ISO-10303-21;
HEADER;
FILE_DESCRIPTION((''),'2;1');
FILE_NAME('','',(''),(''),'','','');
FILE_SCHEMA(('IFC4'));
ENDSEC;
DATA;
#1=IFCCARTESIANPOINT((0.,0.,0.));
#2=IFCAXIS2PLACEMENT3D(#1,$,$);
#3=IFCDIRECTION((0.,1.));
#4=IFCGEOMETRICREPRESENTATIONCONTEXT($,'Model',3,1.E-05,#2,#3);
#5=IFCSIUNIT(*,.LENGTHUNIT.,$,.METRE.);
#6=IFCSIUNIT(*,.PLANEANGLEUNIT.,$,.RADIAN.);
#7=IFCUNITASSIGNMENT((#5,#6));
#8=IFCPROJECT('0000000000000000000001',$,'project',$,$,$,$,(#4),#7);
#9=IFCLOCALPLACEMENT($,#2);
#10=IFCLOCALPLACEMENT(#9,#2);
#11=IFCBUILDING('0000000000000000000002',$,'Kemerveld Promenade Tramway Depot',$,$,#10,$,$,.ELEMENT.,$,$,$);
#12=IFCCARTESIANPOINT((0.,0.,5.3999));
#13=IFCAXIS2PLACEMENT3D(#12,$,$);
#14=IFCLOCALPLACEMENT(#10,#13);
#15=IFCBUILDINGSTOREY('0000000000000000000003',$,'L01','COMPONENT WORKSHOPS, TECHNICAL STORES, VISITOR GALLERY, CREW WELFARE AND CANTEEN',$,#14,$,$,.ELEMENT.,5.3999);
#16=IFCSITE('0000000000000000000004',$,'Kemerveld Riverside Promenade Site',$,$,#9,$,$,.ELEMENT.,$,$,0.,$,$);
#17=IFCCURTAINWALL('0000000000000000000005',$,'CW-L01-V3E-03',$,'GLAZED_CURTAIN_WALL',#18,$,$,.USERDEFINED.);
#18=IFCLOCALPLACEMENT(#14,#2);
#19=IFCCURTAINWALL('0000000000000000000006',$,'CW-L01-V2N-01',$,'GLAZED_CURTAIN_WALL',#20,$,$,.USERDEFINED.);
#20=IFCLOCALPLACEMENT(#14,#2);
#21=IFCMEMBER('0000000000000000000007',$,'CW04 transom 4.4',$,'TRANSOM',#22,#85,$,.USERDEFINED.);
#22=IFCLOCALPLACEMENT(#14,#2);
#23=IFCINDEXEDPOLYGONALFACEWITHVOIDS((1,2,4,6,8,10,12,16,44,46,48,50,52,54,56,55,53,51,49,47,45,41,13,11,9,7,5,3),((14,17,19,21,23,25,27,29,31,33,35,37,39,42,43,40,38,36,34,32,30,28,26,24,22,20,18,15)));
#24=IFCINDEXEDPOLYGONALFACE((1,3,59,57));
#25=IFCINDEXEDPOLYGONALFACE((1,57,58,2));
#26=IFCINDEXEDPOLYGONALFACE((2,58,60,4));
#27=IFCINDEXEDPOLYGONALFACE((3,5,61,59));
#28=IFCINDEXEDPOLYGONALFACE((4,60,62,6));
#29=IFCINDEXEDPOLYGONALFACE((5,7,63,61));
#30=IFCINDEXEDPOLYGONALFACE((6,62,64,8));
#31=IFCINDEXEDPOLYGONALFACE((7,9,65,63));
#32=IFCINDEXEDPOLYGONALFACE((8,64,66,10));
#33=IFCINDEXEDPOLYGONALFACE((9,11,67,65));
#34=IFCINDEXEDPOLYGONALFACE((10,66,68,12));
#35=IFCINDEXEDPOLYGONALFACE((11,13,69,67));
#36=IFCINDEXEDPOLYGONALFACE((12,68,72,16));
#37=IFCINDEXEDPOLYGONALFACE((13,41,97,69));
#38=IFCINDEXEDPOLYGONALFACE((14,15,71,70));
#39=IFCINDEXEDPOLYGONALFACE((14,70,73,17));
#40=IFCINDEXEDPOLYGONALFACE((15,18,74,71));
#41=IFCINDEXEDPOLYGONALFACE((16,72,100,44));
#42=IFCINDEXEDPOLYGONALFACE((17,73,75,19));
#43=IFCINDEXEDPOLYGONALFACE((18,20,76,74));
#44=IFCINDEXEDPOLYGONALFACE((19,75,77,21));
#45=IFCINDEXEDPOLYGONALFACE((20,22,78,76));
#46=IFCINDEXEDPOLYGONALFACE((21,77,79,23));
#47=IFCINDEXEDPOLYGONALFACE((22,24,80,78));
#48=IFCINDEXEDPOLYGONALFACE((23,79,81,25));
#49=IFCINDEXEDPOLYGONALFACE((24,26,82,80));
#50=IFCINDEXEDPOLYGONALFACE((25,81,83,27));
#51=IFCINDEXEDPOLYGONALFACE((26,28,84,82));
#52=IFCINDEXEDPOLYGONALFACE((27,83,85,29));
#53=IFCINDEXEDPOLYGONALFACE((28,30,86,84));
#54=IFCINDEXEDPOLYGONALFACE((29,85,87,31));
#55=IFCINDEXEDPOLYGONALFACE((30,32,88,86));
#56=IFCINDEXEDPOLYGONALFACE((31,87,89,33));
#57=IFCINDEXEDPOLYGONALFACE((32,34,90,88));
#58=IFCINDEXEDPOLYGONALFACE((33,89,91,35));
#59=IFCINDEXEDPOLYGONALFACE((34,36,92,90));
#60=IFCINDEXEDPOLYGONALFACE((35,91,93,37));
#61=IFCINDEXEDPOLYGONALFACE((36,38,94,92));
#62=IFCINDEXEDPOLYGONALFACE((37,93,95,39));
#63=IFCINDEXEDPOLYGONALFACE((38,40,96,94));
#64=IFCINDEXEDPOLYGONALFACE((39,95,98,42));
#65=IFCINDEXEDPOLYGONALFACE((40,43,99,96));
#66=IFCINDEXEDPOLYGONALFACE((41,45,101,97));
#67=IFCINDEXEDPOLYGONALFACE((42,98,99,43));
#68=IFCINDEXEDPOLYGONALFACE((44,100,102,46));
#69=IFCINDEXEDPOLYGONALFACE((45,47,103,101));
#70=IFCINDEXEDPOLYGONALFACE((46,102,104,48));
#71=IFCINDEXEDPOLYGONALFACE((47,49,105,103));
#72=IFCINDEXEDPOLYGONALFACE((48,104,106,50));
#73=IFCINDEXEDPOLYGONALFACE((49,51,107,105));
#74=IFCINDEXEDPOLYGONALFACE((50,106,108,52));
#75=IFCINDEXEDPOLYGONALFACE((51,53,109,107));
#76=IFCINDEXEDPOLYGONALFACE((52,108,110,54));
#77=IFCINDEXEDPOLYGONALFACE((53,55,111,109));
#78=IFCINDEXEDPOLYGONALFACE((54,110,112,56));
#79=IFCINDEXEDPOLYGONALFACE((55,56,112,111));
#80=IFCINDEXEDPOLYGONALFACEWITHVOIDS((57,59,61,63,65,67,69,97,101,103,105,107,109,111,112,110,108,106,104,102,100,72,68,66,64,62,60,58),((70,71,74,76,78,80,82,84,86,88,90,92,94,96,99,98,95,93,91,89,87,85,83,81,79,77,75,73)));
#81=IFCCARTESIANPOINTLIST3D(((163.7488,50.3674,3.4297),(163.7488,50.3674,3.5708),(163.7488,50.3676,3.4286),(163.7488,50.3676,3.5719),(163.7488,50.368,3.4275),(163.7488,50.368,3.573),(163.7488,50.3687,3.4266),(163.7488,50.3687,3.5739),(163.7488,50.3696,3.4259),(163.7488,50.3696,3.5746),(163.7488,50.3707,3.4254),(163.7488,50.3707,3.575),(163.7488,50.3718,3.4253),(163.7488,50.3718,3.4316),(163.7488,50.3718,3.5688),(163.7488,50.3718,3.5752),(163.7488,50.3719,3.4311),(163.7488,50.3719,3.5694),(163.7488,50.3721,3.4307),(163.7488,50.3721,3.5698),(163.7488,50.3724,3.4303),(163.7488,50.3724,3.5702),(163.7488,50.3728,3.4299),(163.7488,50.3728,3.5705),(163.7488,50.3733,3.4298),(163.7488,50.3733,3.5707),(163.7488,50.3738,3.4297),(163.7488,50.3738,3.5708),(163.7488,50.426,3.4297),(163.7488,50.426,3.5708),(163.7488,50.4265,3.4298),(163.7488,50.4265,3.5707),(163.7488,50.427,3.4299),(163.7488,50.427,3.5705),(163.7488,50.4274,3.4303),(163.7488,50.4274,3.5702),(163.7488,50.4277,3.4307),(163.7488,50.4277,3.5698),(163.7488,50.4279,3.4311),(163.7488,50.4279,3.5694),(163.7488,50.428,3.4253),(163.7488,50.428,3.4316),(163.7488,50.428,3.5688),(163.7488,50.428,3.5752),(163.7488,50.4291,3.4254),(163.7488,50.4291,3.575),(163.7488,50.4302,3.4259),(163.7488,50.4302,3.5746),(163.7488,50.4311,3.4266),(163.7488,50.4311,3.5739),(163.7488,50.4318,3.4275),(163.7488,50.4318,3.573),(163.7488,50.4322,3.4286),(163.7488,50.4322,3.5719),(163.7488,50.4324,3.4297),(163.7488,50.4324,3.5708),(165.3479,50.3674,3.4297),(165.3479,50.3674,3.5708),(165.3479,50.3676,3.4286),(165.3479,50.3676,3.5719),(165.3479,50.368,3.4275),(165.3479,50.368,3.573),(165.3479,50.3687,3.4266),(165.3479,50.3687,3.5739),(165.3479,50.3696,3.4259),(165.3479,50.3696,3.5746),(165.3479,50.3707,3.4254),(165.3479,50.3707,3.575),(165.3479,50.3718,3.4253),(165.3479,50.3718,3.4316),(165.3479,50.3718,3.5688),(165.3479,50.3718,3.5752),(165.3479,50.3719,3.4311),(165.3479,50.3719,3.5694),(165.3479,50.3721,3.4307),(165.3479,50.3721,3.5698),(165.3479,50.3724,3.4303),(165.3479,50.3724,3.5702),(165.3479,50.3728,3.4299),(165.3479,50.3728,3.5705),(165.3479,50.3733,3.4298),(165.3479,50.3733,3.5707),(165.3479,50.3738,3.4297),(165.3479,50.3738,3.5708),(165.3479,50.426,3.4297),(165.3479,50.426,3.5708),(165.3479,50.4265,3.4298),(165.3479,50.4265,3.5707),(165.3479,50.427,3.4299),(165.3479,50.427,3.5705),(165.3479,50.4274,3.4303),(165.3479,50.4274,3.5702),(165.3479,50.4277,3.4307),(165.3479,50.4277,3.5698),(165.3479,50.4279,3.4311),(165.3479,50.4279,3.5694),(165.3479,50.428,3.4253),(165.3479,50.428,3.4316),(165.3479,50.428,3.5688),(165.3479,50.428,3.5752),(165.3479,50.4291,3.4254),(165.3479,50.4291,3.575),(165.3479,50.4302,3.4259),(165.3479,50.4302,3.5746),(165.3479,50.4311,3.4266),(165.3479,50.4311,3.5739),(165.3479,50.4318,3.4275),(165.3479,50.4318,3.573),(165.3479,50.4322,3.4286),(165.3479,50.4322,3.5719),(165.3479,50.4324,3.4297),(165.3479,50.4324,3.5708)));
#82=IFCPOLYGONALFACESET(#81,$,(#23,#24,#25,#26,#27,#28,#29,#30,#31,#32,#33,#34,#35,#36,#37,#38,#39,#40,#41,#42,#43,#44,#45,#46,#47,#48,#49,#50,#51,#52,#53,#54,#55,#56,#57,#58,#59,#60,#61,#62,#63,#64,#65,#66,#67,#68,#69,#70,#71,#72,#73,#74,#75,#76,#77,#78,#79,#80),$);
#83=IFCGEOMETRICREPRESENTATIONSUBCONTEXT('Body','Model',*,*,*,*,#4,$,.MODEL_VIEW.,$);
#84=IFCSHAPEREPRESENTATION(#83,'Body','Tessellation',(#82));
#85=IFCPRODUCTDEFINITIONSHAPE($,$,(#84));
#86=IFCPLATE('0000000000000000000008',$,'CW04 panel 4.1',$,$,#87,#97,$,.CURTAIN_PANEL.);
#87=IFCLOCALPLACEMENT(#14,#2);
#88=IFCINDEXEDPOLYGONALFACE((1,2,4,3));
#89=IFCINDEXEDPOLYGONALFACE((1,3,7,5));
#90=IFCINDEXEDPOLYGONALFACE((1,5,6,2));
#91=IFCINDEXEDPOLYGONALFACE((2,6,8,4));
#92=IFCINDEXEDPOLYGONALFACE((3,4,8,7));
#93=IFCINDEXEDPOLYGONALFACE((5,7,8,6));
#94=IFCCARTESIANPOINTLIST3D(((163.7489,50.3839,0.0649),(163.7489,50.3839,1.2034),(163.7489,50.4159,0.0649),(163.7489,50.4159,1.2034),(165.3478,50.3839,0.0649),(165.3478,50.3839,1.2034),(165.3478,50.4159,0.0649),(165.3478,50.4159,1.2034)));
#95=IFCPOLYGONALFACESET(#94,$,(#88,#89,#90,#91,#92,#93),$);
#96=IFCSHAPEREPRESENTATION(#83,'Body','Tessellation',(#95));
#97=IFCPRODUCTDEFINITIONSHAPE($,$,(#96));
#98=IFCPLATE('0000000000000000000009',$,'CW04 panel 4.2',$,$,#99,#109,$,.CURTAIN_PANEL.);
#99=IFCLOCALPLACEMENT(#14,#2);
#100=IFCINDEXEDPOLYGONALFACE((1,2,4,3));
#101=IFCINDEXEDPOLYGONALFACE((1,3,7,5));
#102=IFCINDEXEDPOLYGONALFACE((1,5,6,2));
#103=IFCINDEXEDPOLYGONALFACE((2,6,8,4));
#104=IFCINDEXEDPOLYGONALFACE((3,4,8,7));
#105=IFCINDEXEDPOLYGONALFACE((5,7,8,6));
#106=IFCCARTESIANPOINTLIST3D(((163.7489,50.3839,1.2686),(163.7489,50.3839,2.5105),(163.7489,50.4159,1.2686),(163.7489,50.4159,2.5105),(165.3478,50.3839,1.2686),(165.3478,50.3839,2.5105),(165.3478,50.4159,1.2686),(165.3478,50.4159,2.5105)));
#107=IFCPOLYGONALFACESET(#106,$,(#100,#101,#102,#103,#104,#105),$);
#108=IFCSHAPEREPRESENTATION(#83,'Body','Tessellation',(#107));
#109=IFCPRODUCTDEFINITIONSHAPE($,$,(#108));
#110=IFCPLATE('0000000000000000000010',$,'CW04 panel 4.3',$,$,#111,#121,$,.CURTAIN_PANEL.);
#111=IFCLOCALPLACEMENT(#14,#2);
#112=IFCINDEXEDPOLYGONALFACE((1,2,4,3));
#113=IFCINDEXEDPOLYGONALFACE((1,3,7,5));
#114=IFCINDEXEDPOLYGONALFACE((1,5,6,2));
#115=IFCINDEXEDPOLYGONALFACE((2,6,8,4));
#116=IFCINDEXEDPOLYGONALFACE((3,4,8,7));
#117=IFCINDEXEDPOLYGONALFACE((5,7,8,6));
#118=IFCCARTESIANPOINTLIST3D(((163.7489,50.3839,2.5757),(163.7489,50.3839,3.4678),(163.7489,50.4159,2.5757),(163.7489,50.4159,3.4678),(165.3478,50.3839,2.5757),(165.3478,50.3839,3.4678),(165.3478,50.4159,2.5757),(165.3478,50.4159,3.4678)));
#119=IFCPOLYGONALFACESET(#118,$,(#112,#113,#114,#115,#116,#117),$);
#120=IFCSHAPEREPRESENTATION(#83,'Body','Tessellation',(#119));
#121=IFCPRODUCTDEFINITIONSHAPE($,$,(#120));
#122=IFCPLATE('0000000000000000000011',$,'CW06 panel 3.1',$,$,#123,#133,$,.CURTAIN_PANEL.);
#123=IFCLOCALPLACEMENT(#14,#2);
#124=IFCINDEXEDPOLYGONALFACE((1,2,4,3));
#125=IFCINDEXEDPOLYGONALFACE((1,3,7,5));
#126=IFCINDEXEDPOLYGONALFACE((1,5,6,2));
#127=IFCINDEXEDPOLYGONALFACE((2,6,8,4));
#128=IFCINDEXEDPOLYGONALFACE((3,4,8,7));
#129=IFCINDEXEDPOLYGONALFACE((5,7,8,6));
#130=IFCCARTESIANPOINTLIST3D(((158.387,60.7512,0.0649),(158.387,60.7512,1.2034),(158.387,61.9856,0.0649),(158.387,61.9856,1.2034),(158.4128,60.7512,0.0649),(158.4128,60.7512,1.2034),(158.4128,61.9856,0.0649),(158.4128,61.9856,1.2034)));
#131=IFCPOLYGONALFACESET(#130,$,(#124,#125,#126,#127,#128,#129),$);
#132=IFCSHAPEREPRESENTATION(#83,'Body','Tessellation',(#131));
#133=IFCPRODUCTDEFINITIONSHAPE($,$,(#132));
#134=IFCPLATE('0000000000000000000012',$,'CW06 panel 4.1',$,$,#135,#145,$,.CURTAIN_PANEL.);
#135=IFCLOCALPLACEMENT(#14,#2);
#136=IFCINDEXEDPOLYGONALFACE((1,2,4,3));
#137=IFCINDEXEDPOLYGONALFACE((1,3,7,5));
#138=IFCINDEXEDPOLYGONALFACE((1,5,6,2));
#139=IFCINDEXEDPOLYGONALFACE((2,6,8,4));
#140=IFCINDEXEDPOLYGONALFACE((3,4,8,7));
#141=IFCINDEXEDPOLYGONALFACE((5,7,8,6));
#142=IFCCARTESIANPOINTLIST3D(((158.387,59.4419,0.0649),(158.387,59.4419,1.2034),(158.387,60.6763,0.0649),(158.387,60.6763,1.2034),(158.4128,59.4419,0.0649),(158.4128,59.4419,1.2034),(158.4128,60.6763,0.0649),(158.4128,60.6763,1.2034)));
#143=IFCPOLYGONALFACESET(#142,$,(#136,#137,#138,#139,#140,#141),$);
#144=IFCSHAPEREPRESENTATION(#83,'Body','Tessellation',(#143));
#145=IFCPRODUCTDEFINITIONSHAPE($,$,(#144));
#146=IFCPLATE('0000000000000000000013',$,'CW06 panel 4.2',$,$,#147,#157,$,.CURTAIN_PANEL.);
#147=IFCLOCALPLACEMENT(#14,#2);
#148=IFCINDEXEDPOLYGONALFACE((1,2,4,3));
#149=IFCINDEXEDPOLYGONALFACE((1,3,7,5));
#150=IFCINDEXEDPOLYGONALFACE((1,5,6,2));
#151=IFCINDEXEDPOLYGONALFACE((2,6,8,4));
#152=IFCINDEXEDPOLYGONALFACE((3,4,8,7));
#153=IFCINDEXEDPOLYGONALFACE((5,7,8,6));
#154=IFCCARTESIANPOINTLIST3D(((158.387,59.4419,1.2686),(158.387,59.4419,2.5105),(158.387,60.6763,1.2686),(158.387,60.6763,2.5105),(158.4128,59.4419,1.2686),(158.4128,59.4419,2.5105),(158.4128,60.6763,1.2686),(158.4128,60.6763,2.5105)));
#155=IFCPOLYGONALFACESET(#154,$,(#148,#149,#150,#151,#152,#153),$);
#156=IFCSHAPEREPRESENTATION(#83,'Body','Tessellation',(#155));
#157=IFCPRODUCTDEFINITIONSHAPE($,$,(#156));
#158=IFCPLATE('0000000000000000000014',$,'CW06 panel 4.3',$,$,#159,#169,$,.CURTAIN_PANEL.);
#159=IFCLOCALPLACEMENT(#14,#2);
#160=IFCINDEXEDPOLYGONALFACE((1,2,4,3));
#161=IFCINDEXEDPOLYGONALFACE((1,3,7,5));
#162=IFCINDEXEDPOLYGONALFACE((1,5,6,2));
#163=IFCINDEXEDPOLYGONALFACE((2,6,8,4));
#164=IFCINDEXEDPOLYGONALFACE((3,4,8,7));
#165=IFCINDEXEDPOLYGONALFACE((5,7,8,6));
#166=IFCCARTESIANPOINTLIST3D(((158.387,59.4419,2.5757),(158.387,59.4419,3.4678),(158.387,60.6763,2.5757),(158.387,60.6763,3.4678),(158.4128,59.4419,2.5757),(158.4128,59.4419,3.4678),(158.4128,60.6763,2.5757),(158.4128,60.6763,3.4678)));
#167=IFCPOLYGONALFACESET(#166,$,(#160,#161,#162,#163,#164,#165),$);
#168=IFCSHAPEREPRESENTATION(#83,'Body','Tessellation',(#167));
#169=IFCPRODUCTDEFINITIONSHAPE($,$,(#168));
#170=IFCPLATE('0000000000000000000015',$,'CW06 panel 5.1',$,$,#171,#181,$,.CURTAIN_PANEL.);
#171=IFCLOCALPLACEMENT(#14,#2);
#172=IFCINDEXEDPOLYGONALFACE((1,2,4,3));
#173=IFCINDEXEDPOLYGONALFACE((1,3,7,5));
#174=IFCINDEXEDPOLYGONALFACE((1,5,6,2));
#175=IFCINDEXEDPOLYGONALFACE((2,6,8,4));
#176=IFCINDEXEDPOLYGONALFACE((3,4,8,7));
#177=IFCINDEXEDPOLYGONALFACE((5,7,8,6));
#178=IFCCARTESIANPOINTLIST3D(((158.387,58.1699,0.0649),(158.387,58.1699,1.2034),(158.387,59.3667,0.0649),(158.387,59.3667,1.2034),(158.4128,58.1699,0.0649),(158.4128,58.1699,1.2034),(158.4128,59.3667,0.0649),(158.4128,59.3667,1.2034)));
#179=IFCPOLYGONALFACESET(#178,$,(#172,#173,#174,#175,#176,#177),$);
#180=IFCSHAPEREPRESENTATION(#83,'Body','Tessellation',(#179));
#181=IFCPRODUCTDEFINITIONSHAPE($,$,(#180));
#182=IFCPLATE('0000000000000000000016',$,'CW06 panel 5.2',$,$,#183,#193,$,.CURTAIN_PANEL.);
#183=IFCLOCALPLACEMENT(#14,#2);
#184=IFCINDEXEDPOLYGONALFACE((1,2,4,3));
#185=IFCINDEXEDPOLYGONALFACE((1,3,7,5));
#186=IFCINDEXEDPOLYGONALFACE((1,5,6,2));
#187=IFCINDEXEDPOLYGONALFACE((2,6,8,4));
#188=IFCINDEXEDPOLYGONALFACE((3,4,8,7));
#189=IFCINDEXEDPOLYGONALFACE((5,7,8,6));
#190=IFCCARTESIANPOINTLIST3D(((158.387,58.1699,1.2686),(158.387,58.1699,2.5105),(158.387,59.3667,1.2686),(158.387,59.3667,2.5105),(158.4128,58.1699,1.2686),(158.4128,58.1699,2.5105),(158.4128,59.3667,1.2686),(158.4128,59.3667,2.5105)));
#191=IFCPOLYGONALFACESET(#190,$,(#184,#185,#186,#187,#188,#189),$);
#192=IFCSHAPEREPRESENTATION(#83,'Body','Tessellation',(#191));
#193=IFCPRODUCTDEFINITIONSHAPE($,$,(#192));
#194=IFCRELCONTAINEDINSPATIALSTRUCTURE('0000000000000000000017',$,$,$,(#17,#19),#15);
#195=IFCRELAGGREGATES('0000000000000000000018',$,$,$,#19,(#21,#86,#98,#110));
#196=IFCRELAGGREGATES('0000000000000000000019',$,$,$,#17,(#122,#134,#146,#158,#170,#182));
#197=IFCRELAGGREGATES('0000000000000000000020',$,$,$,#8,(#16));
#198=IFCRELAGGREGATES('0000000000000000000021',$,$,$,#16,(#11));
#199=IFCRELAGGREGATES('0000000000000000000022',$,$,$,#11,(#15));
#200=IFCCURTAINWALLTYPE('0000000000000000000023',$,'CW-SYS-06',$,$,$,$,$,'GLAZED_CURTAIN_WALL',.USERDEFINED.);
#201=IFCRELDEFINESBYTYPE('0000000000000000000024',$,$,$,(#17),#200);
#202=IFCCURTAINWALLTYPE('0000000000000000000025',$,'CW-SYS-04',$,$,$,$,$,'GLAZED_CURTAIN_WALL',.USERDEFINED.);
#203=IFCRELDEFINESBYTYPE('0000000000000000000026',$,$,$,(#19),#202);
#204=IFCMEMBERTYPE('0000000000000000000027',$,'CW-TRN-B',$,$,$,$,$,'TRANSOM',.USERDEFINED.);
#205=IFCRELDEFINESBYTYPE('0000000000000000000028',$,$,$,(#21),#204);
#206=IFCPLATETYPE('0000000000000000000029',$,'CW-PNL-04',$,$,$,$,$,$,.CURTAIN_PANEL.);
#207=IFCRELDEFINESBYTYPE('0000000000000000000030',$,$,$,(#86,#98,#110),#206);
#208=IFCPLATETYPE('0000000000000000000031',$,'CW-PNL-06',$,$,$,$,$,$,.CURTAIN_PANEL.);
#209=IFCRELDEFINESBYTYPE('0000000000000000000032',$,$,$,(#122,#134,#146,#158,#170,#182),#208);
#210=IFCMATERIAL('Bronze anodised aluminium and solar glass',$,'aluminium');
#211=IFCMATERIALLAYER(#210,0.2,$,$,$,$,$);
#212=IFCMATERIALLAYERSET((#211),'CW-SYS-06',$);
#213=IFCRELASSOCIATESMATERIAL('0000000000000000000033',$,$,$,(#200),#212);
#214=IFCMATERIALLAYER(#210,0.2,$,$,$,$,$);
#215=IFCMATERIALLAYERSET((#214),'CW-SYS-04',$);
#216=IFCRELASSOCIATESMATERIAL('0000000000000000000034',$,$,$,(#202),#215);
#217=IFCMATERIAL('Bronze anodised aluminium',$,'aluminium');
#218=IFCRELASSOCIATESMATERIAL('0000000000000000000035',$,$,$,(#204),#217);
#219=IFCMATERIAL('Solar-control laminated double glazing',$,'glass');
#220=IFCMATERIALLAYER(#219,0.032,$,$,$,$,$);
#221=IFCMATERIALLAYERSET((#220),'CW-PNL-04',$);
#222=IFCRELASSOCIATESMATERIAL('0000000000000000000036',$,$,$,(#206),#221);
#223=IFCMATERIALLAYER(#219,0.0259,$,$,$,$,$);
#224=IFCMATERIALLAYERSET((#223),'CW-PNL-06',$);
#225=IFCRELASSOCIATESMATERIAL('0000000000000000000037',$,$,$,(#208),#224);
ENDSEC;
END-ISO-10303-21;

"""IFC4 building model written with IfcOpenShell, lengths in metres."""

from ifc_helpers import new_model, si_unit, direction, frame, origin, origin_2d, place, context, subcontext, project, spatial, rectangle, hollow_rectangle, extrude, material, layer, layer_set, material_profile, profile_set, type_object, element, aggregate, save


model = new_model("IFC4")

# Units and contexts
model_context = context("Model", 3, precision=1e-05, world=origin(), true_north=direction((0.0, 1.0)))
body_context = subcontext(model_context, "Body", "Model", "MODEL_VIEW")
ifc_project = project(units=[si_unit("LENGTHUNIT", "METRE"), si_unit("PLANEANGLEUNIT", "RADIAN")], contexts=[model_context])

# Site, building, storey
site_placement = place(None, origin())
site = spatial("IfcSite", under=ifc_project, at=site_placement, Name="Kemerveld Riverside Promenade Site", CompositionType="ELEMENT", RefElevation=0.0)
building_placement = place(site_placement, origin())
building = spatial("IfcBuilding", under=site, at=building_placement, Name="Kemerveld Promenade Tramway Depot", CompositionType="ELEMENT")
storey_placement = place(building_placement, frame((0.0, 0.0, 5.3999)))
storey = spatial("IfcBuildingStorey", under=building, at=storey_placement, Name="L01", Description="COMPONENT WORKSHOPS, TECHNICAL STORES, VISITOR GALLERY, CREW WELFARE AND CANTEEN", CompositionType="ELEMENT", Elevation=5.3999)

# Curtain walls
ifc_material_1 = material(Name="Bronze anodised aluminium and solar glass", Category="aluminium")
ifc_layer_1 = layer(ifc_material_1, 0.2)
ifc_layer_set_1 = layer_set([ifc_layer_1], Name="CW-SYS-06")
curtain_wall_type_1 = type_object("IfcCurtainWallType", Name="CW-SYS-06", ElementType="GLAZED_CURTAIN_WALL", PredefinedType="USERDEFINED", material=ifc_layer_set_1)
curtain_wall_1_placement = place(storey_placement, origin())
curtain_wall_1 = element("IfcCurtainWall", 1, at=curtain_wall_1_placement, inside=storey, type_object=curtain_wall_type_1, Name="CW-L01-V3E-03", ObjectType="GLAZED_CURTAIN_WALL", PredefinedType="USERDEFINED")
ifc_material_2 = material(Name="Bronze anodised aluminium", Category="aluminium")
ifc_layer_2 = layer(ifc_material_1, 0.2)
ifc_layer_set_2 = layer_set([ifc_layer_2], Name="CW-SYS-04")
curtain_wall_type_2 = type_object("IfcCurtainWallType", Name="CW-SYS-04", ElementType="GLAZED_CURTAIN_WALL", PredefinedType="USERDEFINED", material=ifc_layer_set_2)
curtain_wall_2_placement = place(storey_placement, origin())
curtain_wall_2 = element("IfcCurtainWall", 2, at=curtain_wall_2_placement, inside=storey, type_object=curtain_wall_type_2, Name="CW-L01-V2N-01", ObjectType="GLAZED_CURTAIN_WALL", PredefinedType="USERDEFINED")

# Member
ifc_material_profile_1 = material_profile(ifc_material_2, hollow_rectangle(XDim=0.0649, YDim=0.1499, WallThickness=0.0044, InnerFilletRadius=0.002, OuterFilletRadius=0.0044, at=origin_2d()), Name="CW-TRN-150x65")
ifc_profile_set_1 = profile_set([ifc_material_profile_1], Name="Bronze anodised aluminium")
member_type_1 = type_object("IfcMemberType", Name="CW-TRN-B", ElementType="TRANSOM", PredefinedType="USERDEFINED", material=ifc_profile_set_1)
member_1_placement = place(storey_placement, frame((163.7488, 50.3999, 3.5002), z_axis=(1.0, 0.0, 0.0), x_axis=(0.0, 1.0, 0.0)))
member_1 = element("IfcMember", 3, at=member_1_placement, type_object=member_type_1, Name="CW04 transom 4.4", ObjectType="TRANSOM", PredefinedType="USERDEFINED", context=body_context, shape_type="SweptSolid", body=[
    extrude(hollow_rectangle(XDim=0.0649, YDim=0.1499, WallThickness=0.0044, InnerFilletRadius=0.002, OuterFilletRadius=0.0044, at=origin_2d()), origin(), (0.0, 0.0, 1.0), 1.5991),
])

# Plates
ifc_material_3 = material(Name="Solar-control laminated double glazing", Category="glass")
ifc_layer_3 = layer(ifc_material_3, 0.032)
ifc_layer_set_3 = layer_set([ifc_layer_3], Name="CW-PNL-04")
plate_type_1 = type_object("IfcPlateType", Name="CW-PNL-04", PredefinedType="CURTAIN_PANEL", material=ifc_layer_set_3)
plate_1_placement = place(storey_placement, frame((164.5483, 50.3999, 0.0649), z_axis=(0.0, 0.0, 1.0), x_axis=(1.0, 0.0, 0.0)))
plate_1 = element("IfcPlate", 4, at=plate_1_placement, type_object=plate_type_1, Name="CW04 panel 4.1", PredefinedType="CURTAIN_PANEL", context=body_context, shape_type="SweptSolid", body=[
    extrude(rectangle(XDim=1.5989, YDim=0.032, at=origin_2d()), origin(), (0.0, 0.0, 1.0), 1.1384),
])
plate_2_placement = place(storey_placement, frame((164.5483, 50.3999, 1.2686), z_axis=(0.0, 0.0, 1.0), x_axis=(1.0, 0.0, 0.0)))
plate_2 = element("IfcPlate", 5, at=plate_2_placement, type_object=plate_type_1, Name="CW04 panel 4.2", PredefinedType="CURTAIN_PANEL", context=body_context, shape_type="SweptSolid", body=[
    extrude(rectangle(XDim=1.5989, YDim=0.032, at=origin_2d()), origin(), (0.0, 0.0, 1.0), 1.2419),
])
plate_3_placement = place(storey_placement, frame((164.5483, 50.3999, 2.5757), z_axis=(0.0, 0.0, 1.0), x_axis=(1.0, 0.0, 0.0)))
plate_3 = element("IfcPlate", 6, at=plate_3_placement, type_object=plate_type_1, Name="CW04 panel 4.3", PredefinedType="CURTAIN_PANEL", context=body_context, shape_type="SweptSolid", body=[
    extrude(rectangle(XDim=1.5989, YDim=0.032, at=origin_2d()), origin(), (0.0, 0.0, 1.0), 0.8921),
])
aggregate(curtain_wall_2, [member_1, plate_1, plate_2, plate_3])
ifc_layer_4 = layer(ifc_material_3, 0.0259)
ifc_layer_set_4 = layer_set([ifc_layer_4], Name="CW-PNL-06")
plate_type_2 = type_object("IfcPlateType", Name="CW-PNL-06", PredefinedType="CURTAIN_PANEL", material=ifc_layer_set_4)
plate_4_placement = place(storey_placement, frame((158.3999, 61.3684, 0.0649), z_axis=(0.0, 0.0, 1.0), x_axis=(0.0, -1.0, 0.0)))
plate_4 = element("IfcPlate", 7, at=plate_4_placement, type_object=plate_type_2, Name="CW06 panel 3.1", PredefinedType="CURTAIN_PANEL", context=body_context, shape_type="SweptSolid", body=[
    extrude(rectangle(XDim=1.2344, YDim=0.0259, at=origin_2d()), origin(), (0.0, 0.0, 1.0), 1.1384),
])
plate_5_placement = place(storey_placement, frame((158.3999, 60.0591, 0.0649), z_axis=(0.0, 0.0, 1.0), x_axis=(0.0, -1.0, 0.0)))
plate_5 = element("IfcPlate", 8, at=plate_5_placement, type_object=plate_type_2, Name="CW06 panel 4.1", PredefinedType="CURTAIN_PANEL", context=body_context, shape_type="SweptSolid", body=[
    extrude(rectangle(XDim=1.2344, YDim=0.0259, at=origin_2d()), origin(), (0.0, 0.0, 1.0), 1.1384),
])
plate_6_placement = place(storey_placement, frame((158.3999, 60.0591, 1.2686), z_axis=(0.0, 0.0, 1.0), x_axis=(0.0, -1.0, 0.0)))
plate_6 = element("IfcPlate", 9, at=plate_6_placement, type_object=plate_type_2, Name="CW06 panel 4.2", PredefinedType="CURTAIN_PANEL", context=body_context, shape_type="SweptSolid", body=[
    extrude(rectangle(XDim=1.2344, YDim=0.0259, at=origin_2d()), origin(), (0.0, 0.0, 1.0), 1.2419),
])
plate_7_placement = place(storey_placement, frame((158.3999, 60.0591, 2.5757), z_axis=(0.0, 0.0, 1.0), x_axis=(0.0, -1.0, 0.0)))
plate_7 = element("IfcPlate", 10, at=plate_7_placement, type_object=plate_type_2, Name="CW06 panel 4.3", PredefinedType="CURTAIN_PANEL", context=body_context, shape_type="SweptSolid", body=[
    extrude(rectangle(XDim=1.2344, YDim=0.0259, at=origin_2d()), origin(), (0.0, 0.0, 1.0), 0.8921),
])
plate_8_placement = place(storey_placement, frame((158.3999, 58.7683, 0.0649), z_axis=(0.0, 0.0, 1.0), x_axis=(0.0, -1.0, 0.0)))
plate_8 = element("IfcPlate", 11, at=plate_8_placement, type_object=plate_type_2, Name="CW06 panel 5.1", PredefinedType="CURTAIN_PANEL", context=body_context, shape_type="SweptSolid", body=[
    extrude(rectangle(XDim=1.1968, YDim=0.0259, at=origin_2d()), origin(), (0.0, 0.0, 1.0), 1.1384),
])
plate_9_placement = place(storey_placement, frame((158.3999, 58.7683, 1.2686), z_axis=(0.0, 0.0, 1.0), x_axis=(0.0, -1.0, 0.0)))
plate_9 = element("IfcPlate", 12, at=plate_9_placement, type_object=plate_type_2, Name="CW06 panel 5.2", PredefinedType="CURTAIN_PANEL", context=body_context, shape_type="SweptSolid", body=[
    extrude(rectangle(XDim=1.1968, YDim=0.0259, at=origin_2d()), origin(), (0.0, 0.0, 1.0), 1.2419),
])
aggregate(curtain_wall_1, [plate_4, plate_5, plate_6, plate_7, plate_8, plate_9])

save(model, "model.ifc")
